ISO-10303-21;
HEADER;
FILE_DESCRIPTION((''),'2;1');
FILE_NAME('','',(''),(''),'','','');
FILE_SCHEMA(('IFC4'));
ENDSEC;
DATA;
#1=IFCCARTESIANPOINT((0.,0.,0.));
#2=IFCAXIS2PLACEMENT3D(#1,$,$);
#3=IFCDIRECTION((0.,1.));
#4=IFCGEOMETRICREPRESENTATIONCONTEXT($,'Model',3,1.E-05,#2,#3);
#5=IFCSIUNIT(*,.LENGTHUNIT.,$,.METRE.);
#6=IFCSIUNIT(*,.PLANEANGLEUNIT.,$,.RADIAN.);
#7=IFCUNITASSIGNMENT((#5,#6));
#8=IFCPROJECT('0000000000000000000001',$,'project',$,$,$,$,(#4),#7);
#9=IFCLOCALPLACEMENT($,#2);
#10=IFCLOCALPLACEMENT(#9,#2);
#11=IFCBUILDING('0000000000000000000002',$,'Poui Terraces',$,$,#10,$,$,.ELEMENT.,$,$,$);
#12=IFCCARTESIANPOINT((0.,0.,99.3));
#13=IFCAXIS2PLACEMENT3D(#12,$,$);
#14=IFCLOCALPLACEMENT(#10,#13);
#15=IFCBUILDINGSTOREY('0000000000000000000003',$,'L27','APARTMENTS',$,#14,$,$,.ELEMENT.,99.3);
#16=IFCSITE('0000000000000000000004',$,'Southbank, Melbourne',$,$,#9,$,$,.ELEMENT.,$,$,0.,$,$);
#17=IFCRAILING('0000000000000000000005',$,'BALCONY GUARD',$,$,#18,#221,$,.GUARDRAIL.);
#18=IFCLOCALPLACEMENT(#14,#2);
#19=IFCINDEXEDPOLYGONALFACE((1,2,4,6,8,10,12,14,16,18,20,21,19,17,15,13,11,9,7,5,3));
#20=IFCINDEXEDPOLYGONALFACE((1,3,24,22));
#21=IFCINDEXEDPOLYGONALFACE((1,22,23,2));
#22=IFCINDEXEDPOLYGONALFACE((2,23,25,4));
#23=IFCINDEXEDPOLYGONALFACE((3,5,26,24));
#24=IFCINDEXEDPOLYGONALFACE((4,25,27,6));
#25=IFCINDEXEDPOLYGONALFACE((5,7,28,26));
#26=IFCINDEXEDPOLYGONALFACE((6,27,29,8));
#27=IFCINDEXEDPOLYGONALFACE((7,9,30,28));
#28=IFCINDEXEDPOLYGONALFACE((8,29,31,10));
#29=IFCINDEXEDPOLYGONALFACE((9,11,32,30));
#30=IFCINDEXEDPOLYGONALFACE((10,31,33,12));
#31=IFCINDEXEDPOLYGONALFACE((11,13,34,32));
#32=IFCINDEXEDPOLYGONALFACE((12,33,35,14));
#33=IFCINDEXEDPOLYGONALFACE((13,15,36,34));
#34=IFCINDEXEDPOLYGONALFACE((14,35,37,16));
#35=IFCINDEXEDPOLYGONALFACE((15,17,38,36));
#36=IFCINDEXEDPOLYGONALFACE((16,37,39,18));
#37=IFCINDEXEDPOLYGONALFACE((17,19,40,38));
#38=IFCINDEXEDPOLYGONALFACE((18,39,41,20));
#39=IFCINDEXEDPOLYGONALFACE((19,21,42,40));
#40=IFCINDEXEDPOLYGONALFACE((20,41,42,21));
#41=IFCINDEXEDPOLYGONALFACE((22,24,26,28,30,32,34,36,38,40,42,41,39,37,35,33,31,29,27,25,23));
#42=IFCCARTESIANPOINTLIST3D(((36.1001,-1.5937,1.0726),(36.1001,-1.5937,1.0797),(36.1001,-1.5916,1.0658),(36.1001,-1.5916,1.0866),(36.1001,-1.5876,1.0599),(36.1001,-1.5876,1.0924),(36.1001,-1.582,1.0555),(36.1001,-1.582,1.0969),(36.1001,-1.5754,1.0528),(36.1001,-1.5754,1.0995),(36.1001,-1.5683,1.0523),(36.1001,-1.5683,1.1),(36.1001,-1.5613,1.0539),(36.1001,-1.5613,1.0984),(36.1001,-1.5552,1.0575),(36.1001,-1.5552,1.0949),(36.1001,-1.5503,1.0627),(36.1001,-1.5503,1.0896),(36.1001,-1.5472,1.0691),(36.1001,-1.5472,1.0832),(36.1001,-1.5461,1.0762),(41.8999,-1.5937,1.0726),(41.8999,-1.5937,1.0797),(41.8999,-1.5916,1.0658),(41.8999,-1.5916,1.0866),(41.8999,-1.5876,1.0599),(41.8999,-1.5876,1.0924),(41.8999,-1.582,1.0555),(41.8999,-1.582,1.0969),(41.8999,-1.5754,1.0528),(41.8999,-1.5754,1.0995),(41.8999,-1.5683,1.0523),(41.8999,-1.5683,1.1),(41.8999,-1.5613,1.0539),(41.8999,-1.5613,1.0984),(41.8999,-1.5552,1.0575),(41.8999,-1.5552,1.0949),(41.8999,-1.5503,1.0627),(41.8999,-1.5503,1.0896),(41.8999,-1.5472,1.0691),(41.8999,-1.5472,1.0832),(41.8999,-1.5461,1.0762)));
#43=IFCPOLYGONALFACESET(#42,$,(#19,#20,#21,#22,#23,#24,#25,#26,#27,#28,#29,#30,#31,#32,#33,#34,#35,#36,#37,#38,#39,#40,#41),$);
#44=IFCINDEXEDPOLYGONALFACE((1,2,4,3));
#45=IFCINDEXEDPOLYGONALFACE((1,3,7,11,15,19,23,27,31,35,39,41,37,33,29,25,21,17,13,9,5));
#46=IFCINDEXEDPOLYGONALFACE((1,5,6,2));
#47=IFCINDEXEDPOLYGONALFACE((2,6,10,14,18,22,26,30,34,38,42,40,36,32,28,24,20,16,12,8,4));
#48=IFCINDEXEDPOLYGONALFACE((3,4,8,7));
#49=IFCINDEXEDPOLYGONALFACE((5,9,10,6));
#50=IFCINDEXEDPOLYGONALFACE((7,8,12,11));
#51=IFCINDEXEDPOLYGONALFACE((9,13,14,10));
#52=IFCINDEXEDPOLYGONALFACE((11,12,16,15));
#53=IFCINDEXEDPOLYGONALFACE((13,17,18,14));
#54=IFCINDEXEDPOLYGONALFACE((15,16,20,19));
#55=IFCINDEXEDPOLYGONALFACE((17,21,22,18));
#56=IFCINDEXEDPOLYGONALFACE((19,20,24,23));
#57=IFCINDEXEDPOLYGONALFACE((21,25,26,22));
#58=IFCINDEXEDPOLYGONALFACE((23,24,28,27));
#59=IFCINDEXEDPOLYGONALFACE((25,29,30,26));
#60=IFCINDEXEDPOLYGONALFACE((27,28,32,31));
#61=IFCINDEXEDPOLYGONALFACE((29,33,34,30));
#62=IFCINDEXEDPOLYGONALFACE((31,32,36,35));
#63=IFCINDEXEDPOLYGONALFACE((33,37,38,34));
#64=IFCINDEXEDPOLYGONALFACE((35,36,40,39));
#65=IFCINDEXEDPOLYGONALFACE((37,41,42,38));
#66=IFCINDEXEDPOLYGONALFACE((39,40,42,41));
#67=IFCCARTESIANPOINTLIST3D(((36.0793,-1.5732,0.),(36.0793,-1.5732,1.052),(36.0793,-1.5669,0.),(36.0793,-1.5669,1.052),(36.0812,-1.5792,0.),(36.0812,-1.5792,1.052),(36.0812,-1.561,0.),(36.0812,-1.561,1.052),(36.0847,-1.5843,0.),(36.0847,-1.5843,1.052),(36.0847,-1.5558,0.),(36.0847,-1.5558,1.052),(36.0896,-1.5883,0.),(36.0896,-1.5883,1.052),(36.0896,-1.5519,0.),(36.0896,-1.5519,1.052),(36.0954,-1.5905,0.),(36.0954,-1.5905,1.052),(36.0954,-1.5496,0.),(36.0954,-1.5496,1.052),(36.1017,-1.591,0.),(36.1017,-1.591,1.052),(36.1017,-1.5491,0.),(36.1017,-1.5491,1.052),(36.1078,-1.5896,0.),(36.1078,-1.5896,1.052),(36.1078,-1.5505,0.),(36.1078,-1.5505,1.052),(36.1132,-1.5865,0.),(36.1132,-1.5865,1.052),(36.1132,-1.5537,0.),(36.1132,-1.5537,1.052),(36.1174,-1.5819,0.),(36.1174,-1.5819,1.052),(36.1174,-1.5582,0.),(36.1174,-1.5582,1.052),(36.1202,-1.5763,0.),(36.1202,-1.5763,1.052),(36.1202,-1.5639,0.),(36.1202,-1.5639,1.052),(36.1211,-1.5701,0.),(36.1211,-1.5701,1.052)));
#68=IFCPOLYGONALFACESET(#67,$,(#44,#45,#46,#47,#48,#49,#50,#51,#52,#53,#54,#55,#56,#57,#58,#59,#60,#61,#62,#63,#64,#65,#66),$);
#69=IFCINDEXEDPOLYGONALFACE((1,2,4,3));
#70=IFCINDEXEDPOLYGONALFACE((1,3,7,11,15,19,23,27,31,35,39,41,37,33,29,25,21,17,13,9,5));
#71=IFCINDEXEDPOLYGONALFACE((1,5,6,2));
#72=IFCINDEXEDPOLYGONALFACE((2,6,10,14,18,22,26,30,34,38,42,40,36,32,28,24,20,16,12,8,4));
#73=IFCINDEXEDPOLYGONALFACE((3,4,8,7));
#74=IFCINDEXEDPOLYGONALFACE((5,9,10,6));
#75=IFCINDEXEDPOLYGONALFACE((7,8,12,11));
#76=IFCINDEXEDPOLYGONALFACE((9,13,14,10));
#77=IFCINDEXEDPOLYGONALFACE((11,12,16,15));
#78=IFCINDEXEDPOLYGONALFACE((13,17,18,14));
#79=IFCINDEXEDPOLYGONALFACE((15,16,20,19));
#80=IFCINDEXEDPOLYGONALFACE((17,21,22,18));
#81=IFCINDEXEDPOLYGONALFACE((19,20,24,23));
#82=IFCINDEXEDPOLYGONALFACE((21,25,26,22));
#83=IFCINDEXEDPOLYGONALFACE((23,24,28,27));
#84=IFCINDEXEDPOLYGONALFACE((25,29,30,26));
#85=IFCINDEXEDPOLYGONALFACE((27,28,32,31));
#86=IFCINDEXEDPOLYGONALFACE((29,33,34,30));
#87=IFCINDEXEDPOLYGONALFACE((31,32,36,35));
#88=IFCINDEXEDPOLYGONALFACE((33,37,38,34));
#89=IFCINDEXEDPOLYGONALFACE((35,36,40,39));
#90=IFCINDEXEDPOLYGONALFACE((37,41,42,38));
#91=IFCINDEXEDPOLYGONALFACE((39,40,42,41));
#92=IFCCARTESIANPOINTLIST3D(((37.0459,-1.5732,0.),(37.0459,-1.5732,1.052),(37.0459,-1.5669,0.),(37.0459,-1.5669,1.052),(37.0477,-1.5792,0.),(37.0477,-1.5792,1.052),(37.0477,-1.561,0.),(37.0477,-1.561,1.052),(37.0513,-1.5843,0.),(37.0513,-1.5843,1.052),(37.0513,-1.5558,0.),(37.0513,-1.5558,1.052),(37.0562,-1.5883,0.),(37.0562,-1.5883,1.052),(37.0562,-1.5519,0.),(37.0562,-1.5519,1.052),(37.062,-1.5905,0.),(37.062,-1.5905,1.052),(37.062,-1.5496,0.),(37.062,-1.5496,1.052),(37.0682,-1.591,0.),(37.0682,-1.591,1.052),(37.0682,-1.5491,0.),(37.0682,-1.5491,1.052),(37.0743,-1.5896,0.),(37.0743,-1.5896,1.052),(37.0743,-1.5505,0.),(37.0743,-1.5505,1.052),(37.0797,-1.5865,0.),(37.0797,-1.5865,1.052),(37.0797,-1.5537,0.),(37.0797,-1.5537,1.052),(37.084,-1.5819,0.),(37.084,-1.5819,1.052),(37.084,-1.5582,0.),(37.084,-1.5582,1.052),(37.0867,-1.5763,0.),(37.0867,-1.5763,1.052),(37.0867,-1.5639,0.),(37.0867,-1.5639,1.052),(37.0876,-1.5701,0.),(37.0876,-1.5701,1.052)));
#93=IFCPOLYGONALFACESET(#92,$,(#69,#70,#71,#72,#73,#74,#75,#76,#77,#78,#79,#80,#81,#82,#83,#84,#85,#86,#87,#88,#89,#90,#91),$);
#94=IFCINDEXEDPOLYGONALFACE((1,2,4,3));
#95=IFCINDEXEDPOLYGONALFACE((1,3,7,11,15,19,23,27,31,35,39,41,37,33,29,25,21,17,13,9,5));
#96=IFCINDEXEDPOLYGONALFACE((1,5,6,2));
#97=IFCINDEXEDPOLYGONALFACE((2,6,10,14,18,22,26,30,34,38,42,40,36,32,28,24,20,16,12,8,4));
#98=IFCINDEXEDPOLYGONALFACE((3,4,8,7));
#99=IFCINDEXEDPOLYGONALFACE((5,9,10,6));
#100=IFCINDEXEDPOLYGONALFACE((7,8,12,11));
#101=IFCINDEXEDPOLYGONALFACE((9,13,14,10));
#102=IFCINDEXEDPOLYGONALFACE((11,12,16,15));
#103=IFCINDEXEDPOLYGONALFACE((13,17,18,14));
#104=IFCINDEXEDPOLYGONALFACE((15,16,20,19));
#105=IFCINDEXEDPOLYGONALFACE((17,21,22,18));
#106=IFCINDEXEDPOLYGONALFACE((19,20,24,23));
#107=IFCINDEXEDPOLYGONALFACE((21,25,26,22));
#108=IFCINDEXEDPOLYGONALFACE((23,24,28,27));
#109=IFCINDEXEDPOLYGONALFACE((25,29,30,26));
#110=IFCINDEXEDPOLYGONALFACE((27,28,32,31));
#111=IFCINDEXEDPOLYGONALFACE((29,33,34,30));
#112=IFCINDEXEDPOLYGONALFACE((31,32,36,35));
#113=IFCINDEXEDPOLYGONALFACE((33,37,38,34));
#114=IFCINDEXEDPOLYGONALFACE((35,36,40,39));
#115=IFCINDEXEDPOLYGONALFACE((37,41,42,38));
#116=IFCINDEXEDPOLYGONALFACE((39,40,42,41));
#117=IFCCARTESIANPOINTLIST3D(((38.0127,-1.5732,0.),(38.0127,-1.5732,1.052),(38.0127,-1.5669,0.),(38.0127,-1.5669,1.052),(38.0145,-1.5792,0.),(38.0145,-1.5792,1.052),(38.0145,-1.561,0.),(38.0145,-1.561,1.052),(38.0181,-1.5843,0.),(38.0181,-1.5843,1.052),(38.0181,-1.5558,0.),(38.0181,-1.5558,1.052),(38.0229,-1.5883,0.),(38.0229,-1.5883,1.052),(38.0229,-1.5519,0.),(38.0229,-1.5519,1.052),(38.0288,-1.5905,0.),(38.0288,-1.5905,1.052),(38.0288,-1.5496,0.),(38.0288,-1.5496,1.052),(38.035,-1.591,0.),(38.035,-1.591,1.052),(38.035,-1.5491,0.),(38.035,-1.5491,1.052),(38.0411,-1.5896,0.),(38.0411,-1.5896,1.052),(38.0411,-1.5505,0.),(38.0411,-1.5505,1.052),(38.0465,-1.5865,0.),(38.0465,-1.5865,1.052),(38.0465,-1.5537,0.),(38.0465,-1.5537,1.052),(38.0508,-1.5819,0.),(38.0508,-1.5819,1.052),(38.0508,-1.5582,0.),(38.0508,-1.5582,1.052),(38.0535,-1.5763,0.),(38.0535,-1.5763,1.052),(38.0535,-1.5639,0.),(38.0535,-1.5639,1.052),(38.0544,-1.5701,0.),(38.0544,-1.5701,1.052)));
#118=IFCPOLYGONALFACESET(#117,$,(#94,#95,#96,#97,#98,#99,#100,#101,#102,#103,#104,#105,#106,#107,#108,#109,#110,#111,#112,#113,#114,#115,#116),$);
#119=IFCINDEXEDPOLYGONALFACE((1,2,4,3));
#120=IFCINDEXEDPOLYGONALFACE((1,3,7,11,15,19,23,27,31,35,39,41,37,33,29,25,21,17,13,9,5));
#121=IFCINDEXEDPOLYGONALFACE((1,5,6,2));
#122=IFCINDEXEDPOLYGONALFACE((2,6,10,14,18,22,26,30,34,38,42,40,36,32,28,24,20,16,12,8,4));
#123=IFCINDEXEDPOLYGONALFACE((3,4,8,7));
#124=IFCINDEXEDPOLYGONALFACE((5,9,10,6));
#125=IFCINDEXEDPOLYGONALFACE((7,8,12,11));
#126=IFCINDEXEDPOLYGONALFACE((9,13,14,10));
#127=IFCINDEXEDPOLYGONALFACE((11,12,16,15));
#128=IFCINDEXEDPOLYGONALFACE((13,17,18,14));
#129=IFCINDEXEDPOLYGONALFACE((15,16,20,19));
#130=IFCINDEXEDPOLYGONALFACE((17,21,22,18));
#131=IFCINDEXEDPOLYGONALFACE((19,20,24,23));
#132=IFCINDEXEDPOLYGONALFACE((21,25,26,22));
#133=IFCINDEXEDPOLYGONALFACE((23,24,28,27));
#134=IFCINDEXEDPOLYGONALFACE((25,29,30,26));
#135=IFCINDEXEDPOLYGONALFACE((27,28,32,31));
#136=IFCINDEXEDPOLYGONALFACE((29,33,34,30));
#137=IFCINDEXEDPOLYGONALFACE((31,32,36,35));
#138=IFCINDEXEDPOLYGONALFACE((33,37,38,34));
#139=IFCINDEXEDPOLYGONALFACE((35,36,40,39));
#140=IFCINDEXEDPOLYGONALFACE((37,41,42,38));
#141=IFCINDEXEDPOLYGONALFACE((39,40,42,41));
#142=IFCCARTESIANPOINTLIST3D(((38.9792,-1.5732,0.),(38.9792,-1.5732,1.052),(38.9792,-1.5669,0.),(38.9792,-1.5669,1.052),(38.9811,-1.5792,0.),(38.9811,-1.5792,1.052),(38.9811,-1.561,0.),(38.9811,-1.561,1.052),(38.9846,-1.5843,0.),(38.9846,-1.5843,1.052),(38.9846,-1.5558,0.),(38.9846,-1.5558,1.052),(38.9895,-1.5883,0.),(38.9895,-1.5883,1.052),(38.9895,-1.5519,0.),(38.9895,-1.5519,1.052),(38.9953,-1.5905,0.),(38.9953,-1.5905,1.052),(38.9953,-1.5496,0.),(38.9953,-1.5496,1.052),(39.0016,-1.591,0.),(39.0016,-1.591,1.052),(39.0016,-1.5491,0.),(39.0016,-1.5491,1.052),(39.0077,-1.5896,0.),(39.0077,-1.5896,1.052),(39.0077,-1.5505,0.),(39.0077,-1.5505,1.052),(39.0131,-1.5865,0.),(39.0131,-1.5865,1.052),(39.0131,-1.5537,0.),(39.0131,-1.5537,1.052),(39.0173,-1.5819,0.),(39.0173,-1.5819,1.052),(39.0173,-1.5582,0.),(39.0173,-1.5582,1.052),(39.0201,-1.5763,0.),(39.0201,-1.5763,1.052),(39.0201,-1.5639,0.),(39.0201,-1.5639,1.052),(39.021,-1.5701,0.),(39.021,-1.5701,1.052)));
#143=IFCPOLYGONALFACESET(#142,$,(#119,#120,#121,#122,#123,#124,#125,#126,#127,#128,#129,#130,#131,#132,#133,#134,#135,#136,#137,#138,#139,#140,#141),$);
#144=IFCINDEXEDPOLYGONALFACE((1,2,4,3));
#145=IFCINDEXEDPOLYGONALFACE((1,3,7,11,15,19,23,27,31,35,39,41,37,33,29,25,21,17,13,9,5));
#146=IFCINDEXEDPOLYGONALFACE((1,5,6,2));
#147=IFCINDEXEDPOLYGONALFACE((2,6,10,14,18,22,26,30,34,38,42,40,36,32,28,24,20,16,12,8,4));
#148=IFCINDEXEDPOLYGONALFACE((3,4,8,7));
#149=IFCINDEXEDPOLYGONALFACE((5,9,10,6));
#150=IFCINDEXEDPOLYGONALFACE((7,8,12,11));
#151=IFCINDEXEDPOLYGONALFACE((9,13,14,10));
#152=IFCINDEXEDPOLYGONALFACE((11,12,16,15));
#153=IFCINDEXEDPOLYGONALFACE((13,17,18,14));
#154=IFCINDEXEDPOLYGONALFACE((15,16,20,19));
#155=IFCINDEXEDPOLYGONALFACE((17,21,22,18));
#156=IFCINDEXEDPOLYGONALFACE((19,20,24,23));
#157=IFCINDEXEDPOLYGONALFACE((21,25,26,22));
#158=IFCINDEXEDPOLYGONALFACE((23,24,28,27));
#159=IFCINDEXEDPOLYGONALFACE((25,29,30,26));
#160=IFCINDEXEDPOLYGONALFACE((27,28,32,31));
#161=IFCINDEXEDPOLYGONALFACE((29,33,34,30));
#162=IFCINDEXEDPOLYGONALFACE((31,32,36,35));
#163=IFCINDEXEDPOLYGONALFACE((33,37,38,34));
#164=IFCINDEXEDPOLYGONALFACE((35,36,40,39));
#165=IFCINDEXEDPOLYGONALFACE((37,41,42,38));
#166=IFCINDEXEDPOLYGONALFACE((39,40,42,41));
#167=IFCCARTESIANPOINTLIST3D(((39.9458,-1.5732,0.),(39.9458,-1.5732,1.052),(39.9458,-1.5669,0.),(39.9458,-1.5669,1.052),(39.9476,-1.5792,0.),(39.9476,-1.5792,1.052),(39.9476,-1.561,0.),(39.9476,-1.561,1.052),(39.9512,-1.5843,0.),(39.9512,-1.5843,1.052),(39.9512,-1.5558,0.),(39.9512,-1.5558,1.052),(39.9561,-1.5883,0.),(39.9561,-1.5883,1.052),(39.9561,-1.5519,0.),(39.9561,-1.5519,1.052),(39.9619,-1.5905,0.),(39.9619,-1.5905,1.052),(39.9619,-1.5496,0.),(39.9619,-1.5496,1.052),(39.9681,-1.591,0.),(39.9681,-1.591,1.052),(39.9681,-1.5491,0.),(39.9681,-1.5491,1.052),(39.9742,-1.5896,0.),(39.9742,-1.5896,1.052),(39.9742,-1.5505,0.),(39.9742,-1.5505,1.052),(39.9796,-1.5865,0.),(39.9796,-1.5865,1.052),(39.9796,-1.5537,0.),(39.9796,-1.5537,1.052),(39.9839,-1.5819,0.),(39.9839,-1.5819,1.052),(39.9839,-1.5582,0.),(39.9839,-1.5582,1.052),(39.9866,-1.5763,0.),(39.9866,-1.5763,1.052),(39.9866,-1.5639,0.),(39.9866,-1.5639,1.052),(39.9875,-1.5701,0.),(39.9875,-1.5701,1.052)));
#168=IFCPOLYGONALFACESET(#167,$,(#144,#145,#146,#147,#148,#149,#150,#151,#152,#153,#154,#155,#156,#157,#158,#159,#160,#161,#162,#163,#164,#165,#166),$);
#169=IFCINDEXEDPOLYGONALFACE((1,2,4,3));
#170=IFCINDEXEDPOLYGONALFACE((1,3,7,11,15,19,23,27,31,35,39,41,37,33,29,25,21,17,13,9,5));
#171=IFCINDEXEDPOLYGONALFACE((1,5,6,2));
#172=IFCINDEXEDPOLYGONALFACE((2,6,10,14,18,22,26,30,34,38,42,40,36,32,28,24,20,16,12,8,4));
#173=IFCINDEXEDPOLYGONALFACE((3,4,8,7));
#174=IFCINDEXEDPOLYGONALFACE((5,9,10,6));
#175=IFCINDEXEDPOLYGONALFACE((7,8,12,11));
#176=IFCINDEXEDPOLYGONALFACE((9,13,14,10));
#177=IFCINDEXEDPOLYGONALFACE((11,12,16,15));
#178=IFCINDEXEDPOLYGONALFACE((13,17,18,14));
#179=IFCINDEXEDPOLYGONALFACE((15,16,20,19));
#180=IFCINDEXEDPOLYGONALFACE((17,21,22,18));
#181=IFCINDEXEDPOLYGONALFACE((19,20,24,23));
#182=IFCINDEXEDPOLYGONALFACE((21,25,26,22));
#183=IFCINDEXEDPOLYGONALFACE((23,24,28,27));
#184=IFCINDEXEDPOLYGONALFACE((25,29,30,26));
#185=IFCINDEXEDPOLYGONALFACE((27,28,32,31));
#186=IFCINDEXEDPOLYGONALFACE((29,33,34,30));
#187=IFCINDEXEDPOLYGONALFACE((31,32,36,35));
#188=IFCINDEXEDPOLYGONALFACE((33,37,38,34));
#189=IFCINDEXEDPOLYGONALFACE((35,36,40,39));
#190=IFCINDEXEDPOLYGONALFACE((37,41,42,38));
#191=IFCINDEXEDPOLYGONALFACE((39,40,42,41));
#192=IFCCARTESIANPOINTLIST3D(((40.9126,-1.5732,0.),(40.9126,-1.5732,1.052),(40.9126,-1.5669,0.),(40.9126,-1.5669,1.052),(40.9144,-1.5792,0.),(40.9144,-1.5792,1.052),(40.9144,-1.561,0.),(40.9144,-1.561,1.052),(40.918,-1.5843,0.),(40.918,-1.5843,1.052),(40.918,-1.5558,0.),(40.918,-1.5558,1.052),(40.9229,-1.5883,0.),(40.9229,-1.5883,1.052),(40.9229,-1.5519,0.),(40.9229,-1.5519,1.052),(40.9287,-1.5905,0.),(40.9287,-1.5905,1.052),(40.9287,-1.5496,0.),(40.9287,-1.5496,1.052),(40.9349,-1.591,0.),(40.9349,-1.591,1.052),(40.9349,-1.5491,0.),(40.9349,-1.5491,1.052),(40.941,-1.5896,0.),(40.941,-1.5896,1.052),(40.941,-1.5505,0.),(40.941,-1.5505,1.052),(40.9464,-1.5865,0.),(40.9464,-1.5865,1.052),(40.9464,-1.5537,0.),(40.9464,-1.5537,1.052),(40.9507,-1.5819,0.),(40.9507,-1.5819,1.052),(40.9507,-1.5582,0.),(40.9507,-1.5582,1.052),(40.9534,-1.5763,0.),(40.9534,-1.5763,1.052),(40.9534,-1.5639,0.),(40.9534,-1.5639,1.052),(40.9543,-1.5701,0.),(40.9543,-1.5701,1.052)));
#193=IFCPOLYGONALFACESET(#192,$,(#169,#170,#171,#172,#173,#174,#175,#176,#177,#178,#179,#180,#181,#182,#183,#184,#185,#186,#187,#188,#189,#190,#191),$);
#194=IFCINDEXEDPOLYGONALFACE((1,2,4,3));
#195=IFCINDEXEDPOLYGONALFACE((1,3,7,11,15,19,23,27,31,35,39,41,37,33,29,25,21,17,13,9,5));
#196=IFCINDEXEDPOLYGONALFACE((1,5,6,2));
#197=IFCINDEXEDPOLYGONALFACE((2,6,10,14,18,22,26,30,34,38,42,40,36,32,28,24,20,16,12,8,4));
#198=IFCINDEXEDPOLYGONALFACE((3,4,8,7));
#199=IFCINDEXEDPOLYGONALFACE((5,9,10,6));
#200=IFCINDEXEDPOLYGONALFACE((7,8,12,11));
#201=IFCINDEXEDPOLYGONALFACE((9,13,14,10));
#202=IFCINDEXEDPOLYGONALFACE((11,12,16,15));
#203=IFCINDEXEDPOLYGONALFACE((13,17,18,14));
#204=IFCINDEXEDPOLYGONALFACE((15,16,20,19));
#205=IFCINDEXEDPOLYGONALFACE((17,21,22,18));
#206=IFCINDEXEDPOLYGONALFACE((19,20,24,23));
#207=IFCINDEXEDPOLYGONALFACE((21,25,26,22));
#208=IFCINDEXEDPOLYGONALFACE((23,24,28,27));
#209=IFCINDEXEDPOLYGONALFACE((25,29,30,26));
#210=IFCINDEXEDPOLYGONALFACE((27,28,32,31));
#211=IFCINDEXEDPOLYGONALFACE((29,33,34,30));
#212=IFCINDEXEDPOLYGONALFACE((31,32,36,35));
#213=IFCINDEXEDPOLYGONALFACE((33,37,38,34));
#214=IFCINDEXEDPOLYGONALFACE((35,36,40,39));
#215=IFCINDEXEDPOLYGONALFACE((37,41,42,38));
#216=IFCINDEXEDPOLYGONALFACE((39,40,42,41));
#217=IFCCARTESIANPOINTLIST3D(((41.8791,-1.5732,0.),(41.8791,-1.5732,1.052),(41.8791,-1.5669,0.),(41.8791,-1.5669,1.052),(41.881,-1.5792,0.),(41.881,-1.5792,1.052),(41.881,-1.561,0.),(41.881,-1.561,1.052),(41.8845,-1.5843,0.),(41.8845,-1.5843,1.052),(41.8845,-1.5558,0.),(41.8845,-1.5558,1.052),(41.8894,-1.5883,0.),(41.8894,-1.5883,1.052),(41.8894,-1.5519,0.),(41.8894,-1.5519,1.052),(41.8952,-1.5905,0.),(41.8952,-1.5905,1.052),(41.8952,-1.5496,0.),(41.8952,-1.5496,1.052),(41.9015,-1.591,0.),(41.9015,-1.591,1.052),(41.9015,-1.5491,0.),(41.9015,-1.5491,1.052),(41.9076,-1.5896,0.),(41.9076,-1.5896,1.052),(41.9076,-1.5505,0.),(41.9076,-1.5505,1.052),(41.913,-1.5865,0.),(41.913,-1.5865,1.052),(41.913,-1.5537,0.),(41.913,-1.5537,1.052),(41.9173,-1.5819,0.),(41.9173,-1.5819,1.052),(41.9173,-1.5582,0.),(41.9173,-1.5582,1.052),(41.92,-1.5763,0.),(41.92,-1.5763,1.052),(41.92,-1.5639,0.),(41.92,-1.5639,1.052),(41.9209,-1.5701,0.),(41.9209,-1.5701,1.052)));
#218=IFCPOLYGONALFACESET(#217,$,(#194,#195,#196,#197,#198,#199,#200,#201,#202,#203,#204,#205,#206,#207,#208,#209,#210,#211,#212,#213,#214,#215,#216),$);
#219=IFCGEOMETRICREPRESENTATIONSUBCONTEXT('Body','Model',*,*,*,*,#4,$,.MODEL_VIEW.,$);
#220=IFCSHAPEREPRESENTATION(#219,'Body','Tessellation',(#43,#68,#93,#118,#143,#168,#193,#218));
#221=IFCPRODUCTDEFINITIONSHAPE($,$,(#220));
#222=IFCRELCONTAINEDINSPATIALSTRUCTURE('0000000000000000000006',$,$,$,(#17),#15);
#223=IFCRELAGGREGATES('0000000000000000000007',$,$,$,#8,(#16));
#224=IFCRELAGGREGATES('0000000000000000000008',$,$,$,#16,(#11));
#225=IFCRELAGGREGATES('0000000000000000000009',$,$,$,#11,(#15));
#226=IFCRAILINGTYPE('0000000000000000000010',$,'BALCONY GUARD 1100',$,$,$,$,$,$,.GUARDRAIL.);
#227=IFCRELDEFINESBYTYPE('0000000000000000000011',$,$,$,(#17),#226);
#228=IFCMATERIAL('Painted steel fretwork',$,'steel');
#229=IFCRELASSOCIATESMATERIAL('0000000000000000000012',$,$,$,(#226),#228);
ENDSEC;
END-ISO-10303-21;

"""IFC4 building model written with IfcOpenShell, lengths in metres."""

from ifc_helpers import new_model, si_unit, direction, frame, origin, origin_2d, place, context, subcontext, project, spatial, circle, extrude, material, type_object, element, save


model = new_model("IFC4")

# Units and contexts
model_context = context("Model", 3, precision=1e-05, world=origin(), true_north=direction((0.0, 1.0)))
body_context = subcontext(model_context, "Body", "Model", "MODEL_VIEW")
ifc_project = project(units=[si_unit("LENGTHUNIT", "METRE"), si_unit("PLANEANGLEUNIT", "RADIAN")], contexts=[model_context])

# Site, building, storey
site_placement = place(None, origin())
site = spatial("IfcSite", under=ifc_project, at=site_placement, Name="Southbank, Melbourne", CompositionType="ELEMENT", RefElevation=0.0)
building_placement = place(site_placement, origin())
building = spatial("IfcBuilding", under=site, at=building_placement, Name="Poui Terraces", CompositionType="ELEMENT")
storey_placement = place(building_placement, frame((0.0, 0.0, 99.3)))
storey = spatial("IfcBuildingStorey", under=building, at=storey_placement, Name="L27", Description="APARTMENTS", CompositionType="ELEMENT", Elevation=99.3)

# Railing
ifc_material_1 = material(Name="Painted steel fretwork", Category="steel")
railing_type = type_object("IfcRailingType", Name="BALCONY GUARD 1100", PredefinedType="GUARDRAIL", material=ifc_material_1)
for number, where, name in (
    (1, (36.1001, -1.5701, 0.0), "BALCONY GUARD"),
):
    element("IfcRailing", number, at=place(storey_placement, frame(where)), inside=storey, type_object=railing_type, Name=name, PredefinedType="GUARDRAIL", context=body_context, shape_type="SweptSolid", body=[
        extrude(circle(Radius=0.0239, at=origin_2d()), frame((0.0, 0.0, 1.0762), z_axis=(1.0, 0.0, 0.0), x_axis=(0.0, 1.0, 0.0)), (0.0, 0.0, 1.0), 5.7998),
        extrude(circle(Radius=0.021, at=origin_2d()), origin(), (0.0, 0.0, 1.0), 1.052),
        extrude(circle(Radius=0.021, at=origin_2d()), frame((0.9666, 0.0, 0.0)), (0.0, 0.0, 1.0), 1.052),
        extrude(circle(Radius=0.021, at=origin_2d()), frame((1.9333, 0.0, 0.0)), (0.0, 0.0, 1.0), 1.052),
        extrude(circle(Radius=0.021, at=origin_2d()), frame((2.8999, 0.0, 0.0)), (0.0, 0.0, 1.0), 1.052),
        extrude(circle(Radius=0.021, at=origin_2d()), frame((3.8665, 0.0, 0.0)), (0.0, 0.0, 1.0), 1.052),
        extrude(circle(Radius=0.021, at=origin_2d()), frame((4.8333, 0.0, 0.0)), (0.0, 0.0, 1.0), 1.052),
        extrude(circle(Radius=0.021, at=origin_2d()), frame((5.7998, 0.0, 0.0)), (0.0, 0.0, 1.0), 1.052),
    ])

save(model, "model.ifc")
